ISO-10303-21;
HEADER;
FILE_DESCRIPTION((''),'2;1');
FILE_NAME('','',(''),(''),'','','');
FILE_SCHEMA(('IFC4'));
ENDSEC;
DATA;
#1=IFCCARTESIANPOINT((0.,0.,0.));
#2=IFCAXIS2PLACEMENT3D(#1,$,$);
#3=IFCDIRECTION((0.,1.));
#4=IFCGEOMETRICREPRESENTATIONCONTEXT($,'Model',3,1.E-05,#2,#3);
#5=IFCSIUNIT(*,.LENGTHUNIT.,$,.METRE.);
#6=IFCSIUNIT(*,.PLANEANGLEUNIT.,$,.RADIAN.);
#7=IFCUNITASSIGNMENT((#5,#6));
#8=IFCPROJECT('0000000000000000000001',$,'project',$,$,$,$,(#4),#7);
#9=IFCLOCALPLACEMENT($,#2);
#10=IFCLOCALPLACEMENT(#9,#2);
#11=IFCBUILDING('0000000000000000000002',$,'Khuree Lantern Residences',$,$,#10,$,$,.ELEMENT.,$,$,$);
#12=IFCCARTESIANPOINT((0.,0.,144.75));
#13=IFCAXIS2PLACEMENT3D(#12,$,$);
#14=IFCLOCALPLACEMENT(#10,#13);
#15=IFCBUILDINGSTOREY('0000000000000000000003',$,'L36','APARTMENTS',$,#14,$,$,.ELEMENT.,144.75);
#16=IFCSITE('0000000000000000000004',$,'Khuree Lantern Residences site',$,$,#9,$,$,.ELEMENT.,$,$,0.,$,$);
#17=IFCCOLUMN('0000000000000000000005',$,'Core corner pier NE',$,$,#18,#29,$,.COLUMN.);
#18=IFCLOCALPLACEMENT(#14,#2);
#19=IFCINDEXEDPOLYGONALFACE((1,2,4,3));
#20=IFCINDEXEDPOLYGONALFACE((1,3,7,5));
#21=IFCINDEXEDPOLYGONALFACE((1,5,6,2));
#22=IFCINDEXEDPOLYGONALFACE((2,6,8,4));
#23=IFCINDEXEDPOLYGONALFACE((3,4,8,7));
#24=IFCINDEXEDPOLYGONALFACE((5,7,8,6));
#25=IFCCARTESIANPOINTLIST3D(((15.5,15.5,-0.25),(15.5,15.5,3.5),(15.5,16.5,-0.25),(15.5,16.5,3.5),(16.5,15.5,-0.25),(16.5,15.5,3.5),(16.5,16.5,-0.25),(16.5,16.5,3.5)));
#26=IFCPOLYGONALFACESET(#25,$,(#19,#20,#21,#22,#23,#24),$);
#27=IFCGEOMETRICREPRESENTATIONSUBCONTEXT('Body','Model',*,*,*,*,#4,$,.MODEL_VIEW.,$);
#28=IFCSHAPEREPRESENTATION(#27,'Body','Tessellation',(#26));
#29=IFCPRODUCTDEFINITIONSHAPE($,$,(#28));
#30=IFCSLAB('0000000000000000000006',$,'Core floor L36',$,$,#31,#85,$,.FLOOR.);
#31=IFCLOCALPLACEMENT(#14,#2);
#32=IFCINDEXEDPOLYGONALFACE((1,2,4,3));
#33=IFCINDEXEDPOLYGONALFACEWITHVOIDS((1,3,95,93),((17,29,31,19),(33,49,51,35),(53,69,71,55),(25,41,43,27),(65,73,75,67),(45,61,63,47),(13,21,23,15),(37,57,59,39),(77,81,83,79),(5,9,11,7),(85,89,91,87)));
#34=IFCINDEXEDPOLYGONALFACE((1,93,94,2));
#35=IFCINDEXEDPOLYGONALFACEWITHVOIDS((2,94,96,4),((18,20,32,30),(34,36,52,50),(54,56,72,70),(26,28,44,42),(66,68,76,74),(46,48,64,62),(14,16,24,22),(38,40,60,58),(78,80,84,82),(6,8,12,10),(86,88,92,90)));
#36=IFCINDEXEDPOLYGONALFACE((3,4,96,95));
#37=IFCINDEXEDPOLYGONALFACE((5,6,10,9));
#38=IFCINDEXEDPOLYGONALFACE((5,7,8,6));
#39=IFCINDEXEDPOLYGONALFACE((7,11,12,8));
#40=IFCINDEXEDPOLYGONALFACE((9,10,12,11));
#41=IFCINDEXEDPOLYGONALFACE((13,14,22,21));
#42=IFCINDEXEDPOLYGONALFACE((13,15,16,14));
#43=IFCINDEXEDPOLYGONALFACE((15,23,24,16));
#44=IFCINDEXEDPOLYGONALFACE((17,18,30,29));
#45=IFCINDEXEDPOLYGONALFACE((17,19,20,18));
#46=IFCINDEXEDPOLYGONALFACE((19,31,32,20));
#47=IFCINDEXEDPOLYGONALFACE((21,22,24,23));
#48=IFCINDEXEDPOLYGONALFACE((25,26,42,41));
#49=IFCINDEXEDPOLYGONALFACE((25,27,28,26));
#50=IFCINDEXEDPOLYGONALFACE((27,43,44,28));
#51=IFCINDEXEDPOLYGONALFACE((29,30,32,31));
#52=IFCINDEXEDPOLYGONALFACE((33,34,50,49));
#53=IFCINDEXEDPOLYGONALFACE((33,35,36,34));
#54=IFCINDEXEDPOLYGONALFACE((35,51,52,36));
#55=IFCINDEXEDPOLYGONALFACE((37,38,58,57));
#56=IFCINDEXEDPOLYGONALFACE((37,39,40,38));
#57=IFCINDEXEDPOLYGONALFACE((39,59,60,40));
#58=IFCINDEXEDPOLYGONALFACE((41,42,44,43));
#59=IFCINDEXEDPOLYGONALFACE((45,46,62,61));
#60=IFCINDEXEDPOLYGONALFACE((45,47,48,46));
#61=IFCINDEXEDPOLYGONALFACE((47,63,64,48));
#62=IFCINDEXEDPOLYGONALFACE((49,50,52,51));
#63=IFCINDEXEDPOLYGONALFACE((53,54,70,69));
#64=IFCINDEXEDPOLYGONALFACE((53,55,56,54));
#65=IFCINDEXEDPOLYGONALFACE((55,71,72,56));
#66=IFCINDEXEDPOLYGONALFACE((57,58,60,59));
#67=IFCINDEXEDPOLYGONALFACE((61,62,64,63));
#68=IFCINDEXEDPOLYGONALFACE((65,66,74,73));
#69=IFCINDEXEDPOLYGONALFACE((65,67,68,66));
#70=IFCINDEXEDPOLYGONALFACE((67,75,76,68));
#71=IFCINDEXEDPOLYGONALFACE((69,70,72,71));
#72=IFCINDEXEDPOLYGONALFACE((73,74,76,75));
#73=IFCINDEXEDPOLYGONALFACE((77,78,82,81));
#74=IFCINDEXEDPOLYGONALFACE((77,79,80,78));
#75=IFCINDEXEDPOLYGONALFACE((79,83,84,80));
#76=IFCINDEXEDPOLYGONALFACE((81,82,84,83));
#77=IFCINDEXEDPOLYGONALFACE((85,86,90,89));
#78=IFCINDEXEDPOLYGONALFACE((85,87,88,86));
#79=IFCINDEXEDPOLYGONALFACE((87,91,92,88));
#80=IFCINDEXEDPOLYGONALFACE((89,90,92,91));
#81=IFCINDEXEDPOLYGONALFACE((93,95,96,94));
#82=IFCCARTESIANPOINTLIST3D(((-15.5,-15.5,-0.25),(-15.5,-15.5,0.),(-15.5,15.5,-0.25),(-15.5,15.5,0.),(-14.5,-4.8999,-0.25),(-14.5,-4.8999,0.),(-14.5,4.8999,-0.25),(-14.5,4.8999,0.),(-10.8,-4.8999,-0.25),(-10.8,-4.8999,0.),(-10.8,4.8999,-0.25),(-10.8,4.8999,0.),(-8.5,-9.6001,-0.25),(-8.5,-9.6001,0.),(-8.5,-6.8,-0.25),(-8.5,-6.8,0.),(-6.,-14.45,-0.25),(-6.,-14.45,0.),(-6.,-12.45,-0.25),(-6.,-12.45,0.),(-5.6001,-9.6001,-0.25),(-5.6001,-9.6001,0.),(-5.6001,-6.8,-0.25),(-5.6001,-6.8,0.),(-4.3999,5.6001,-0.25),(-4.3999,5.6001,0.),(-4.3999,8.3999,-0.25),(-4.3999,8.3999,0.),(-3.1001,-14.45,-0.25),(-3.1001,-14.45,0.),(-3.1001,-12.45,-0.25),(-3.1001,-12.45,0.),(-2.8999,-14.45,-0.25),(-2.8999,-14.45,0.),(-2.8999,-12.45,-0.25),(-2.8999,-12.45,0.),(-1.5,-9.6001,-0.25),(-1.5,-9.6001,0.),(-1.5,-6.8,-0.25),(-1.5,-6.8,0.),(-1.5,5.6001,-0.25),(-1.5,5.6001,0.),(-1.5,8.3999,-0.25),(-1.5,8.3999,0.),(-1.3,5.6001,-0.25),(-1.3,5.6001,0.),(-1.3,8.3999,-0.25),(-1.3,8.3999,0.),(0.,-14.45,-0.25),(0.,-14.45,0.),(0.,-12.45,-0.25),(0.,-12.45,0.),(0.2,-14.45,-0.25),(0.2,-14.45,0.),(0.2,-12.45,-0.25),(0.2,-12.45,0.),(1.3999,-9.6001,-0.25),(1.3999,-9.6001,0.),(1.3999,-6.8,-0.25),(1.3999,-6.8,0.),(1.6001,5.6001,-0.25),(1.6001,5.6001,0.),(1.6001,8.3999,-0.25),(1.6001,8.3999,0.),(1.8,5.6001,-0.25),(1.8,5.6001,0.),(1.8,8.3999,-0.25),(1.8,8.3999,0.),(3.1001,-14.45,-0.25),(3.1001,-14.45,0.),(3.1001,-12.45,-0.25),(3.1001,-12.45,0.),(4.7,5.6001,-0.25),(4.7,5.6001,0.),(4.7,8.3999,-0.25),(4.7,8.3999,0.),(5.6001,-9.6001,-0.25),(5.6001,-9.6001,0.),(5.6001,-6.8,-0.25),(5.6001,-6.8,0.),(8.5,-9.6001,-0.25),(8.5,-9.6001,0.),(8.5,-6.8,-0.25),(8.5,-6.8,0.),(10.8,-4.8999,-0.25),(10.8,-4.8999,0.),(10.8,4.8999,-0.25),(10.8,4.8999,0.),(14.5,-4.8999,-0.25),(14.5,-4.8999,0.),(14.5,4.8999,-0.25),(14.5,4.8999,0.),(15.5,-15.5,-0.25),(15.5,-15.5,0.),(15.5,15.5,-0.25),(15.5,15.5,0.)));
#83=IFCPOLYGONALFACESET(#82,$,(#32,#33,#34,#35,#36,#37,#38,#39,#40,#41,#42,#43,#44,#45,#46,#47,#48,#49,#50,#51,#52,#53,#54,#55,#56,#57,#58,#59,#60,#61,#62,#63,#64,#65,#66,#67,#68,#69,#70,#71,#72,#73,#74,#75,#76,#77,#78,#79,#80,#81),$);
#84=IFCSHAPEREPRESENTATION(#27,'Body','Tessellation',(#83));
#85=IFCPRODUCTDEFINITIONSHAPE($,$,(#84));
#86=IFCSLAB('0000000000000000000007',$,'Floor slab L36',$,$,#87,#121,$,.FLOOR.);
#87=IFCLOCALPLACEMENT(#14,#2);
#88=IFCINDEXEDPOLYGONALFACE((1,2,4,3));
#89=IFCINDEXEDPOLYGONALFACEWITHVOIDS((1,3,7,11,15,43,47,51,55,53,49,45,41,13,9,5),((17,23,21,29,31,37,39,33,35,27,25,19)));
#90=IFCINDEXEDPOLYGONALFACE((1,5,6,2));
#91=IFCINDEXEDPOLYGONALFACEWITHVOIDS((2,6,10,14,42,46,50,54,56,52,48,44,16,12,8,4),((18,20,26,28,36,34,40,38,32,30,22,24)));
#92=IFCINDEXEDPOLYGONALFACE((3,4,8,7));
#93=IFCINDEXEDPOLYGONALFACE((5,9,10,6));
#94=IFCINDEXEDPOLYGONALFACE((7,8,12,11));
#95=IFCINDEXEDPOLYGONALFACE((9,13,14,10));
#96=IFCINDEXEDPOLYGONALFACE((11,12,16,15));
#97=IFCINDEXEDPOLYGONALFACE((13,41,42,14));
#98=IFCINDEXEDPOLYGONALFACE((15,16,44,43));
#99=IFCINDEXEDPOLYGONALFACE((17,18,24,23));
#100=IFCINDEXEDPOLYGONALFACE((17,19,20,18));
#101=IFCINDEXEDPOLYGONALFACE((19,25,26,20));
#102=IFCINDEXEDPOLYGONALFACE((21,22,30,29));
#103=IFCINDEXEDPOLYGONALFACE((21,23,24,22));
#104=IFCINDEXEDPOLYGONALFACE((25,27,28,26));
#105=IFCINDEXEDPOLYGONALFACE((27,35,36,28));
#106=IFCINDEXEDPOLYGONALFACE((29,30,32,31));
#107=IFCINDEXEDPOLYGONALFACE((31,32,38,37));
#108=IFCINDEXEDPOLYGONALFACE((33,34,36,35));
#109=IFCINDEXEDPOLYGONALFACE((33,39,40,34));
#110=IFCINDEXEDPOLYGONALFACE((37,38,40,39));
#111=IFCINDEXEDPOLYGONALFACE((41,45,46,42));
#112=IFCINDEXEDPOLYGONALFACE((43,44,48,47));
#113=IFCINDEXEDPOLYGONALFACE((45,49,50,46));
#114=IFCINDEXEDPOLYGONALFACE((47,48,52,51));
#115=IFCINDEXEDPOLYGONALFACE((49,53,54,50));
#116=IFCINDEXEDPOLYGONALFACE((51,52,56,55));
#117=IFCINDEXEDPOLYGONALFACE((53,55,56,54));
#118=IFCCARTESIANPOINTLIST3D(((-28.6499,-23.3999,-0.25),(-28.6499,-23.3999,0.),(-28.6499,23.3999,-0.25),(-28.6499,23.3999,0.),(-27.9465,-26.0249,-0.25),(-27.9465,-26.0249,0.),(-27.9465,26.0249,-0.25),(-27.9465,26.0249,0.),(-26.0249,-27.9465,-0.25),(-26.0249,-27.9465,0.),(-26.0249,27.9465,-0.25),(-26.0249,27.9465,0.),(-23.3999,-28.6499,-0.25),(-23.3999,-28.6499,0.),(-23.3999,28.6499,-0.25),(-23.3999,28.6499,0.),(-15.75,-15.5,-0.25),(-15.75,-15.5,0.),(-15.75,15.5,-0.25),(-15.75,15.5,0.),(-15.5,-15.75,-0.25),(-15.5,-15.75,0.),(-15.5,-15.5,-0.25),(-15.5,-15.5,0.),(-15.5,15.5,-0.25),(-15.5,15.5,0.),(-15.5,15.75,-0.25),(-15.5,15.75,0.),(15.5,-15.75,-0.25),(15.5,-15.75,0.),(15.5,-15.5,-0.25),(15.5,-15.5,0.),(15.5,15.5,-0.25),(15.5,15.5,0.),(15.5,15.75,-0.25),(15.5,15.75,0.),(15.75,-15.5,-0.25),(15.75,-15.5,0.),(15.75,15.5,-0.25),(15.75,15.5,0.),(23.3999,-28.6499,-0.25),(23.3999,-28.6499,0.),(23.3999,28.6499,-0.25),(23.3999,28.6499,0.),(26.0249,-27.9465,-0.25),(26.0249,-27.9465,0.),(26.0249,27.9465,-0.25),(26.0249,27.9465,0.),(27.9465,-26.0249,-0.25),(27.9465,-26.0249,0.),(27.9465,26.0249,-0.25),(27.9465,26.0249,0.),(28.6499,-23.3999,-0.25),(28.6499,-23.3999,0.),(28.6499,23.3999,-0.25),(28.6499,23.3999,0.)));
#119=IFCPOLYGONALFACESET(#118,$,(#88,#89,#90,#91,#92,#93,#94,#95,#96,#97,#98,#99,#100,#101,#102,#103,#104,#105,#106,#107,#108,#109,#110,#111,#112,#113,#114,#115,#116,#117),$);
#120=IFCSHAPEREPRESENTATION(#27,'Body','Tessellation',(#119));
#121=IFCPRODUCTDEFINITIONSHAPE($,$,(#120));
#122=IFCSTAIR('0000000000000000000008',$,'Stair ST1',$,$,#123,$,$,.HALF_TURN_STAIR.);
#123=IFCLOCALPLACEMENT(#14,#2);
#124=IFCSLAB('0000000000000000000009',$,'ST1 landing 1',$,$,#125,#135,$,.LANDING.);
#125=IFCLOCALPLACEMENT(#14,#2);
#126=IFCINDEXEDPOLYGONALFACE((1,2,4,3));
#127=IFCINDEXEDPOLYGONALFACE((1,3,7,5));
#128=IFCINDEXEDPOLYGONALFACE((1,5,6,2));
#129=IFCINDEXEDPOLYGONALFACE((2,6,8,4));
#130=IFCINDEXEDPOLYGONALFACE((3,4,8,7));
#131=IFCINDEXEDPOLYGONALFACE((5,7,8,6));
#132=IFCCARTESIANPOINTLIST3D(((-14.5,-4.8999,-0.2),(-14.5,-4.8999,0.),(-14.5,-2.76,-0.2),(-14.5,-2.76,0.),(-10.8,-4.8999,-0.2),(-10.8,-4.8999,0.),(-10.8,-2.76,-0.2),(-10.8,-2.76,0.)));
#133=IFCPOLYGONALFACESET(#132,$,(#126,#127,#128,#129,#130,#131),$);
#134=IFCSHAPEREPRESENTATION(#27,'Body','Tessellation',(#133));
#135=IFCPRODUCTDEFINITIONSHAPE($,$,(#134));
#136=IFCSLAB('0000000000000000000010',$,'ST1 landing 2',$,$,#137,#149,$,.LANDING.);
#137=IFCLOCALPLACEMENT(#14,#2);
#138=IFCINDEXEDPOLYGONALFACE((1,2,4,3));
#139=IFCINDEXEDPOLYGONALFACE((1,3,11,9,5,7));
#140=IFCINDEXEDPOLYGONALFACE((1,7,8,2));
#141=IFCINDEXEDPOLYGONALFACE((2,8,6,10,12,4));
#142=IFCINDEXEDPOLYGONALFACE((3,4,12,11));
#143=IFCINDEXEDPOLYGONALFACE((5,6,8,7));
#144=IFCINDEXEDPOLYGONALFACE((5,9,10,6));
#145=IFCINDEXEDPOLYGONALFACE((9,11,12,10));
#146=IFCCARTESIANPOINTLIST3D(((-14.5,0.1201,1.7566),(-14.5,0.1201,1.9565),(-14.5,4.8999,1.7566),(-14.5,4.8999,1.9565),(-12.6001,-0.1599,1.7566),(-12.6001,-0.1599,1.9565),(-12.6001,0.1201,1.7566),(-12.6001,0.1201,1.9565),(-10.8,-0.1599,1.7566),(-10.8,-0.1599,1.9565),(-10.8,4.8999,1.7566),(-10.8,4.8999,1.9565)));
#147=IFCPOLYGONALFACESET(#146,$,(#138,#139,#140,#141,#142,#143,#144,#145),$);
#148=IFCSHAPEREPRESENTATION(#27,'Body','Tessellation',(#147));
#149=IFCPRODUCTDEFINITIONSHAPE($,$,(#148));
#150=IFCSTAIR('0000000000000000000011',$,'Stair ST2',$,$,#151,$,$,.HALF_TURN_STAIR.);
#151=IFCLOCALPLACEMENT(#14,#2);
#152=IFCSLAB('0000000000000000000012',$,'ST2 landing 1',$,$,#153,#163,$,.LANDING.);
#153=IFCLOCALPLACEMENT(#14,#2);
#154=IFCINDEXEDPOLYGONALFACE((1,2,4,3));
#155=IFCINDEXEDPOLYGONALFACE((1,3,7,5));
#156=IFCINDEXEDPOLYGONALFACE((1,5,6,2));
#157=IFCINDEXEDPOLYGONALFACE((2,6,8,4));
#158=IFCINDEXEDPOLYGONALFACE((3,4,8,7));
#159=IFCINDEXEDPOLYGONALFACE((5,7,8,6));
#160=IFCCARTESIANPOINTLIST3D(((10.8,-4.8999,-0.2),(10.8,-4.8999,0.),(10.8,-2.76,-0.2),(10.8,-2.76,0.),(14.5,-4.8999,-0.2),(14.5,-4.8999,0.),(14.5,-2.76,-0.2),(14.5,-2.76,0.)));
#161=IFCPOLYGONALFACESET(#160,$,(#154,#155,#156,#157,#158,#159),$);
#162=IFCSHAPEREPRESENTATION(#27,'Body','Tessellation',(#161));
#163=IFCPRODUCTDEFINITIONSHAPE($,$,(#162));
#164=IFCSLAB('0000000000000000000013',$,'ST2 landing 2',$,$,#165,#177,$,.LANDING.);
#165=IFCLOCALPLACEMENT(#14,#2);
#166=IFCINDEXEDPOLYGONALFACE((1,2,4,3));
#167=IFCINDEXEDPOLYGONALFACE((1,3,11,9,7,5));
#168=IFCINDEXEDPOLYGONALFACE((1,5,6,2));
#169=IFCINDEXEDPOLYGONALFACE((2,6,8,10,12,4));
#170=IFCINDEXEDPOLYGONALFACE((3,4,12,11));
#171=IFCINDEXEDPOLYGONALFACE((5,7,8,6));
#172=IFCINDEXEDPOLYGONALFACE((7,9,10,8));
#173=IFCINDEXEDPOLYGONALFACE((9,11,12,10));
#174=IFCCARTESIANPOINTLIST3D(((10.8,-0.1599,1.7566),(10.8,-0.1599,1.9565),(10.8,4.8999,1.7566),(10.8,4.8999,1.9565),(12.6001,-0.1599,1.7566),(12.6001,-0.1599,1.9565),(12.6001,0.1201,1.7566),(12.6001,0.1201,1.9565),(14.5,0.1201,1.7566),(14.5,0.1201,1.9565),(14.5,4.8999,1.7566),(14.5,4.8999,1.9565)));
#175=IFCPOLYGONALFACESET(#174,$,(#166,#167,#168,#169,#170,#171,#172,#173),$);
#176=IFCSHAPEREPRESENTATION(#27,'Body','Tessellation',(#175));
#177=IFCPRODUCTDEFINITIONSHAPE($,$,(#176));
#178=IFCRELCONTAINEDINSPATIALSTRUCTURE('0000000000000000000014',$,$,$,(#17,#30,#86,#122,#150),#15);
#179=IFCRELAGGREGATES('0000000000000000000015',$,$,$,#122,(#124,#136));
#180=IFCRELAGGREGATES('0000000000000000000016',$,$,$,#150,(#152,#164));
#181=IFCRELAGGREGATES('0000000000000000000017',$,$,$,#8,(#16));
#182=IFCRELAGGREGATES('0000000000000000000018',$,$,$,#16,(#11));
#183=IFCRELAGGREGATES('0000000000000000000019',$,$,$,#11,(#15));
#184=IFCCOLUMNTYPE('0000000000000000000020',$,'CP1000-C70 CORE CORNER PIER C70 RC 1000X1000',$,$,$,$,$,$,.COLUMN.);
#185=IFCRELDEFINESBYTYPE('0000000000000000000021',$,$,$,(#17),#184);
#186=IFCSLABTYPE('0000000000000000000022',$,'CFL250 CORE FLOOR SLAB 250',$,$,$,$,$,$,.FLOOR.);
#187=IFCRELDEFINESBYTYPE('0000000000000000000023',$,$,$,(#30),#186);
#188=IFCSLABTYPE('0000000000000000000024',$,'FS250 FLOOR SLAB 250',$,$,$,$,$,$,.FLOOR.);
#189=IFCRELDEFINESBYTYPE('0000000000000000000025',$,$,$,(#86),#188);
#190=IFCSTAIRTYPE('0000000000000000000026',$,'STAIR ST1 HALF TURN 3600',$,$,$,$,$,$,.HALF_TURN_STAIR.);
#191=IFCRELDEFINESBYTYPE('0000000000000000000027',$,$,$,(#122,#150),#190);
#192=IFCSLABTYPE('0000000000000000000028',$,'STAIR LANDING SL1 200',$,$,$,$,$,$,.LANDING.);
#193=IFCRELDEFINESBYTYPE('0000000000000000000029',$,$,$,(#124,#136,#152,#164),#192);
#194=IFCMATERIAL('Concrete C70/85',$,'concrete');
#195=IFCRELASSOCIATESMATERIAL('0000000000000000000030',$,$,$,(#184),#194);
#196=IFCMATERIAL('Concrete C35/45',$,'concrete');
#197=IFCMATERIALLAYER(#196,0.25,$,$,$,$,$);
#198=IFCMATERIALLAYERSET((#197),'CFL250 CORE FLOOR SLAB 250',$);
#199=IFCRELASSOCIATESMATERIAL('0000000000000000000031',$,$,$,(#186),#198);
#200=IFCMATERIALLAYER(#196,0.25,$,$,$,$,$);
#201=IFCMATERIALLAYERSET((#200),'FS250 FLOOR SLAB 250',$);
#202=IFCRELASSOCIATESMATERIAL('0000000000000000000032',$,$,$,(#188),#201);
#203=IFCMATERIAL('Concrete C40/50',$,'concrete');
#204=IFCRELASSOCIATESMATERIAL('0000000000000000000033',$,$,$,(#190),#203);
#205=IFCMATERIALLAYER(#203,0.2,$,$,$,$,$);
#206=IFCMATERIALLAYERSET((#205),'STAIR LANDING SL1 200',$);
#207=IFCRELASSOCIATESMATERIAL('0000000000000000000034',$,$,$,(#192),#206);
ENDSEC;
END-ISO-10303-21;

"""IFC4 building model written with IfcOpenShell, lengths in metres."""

from ifc_helpers import new_model, si_unit, direction, frame, origin, origin_2d, place, context, subcontext, project, spatial, polyline, rectangle, outline, extrude, material, layer, layer_set, material_profile, profile_set, type_object, element, aggregate, save


model = new_model("IFC4")

# Units and contexts
model_context = context("Model", 3, precision=1e-05, world=origin(), true_north=direction((0.0, 1.0)))
body_context = subcontext(model_context, "Body", "Model", "MODEL_VIEW")
ifc_project = project(units=[si_unit("LENGTHUNIT", "METRE"), si_unit("PLANEANGLEUNIT", "RADIAN")], contexts=[model_context])

# Site, building, storey
site_placement = place(None, origin())
site = spatial("IfcSite", under=ifc_project, at=site_placement, Name="Khuree Lantern Residences site", CompositionType="ELEMENT", RefElevation=0.0)
building_placement = place(site_placement, origin())
building = spatial("IfcBuilding", under=site, at=building_placement, Name="Khuree Lantern Residences", CompositionType="ELEMENT")
storey_placement = place(building_placement, frame((0.0, 0.0, 144.75)))
storey = spatial("IfcBuildingStorey", under=building, at=storey_placement, Name="L36", Description="APARTMENTS", CompositionType="ELEMENT", Elevation=144.75)

# Column
ifc_material_1 = material(Name="Concrete C70/85", Category="concrete")
ifc_material_profile = material_profile(ifc_material_1, rectangle(XDim=1.0, YDim=1.0, at=origin_2d()), Name="RC 1000X1000")
ifc_profile_set = profile_set([ifc_material_profile], Name="Concrete C70/85")
column_type = type_object("IfcColumnType", Name="CP1000-C70 CORE CORNER PIER C70 RC 1000X1000", PredefinedType="COLUMN", material=ifc_profile_set)
column_placement = place(storey_placement, frame((16.0, 16.0, -0.25), z_axis=(0.0, 0.0, 1.0), x_axis=(1.0, 0.0, 0.0)))
element("IfcColumn", 1, at=column_placement, inside=storey, type_object=column_type, Name="Core corner pier NE", PredefinedType="COLUMN", context=body_context, shape_type="SweptSolid", body=[
    extrude(rectangle(XDim=1.0, YDim=1.0, at=origin_2d()), origin(), (0.0, 0.0, 1.0), 3.75),
])

# Slabs
ifc_material_2 = material(Name="Concrete C35/45", Category="concrete")
ifc_layer_1 = layer(ifc_material_2, 0.25)
ifc_layer_set_1 = layer_set([ifc_layer_1], Name="CFL250 CORE FLOOR SLAB 250")
slab_type_1 = type_object("IfcSlabType", Name="CFL250 CORE FLOOR SLAB 250", PredefinedType="FLOOR", material=ifc_layer_set_1)
slab_1_placement = place(storey_placement, frame((0.0, 0.0, -0.25)))
element("IfcSlab", 2, at=slab_1_placement, inside=storey, type_object=slab_type_1, Name="Core floor L36", PredefinedType="FLOOR", context=body_context, shape_type="SweptSolid", body=[
    extrude(outline(polyline([(-15.5, -15.5), (-15.5, 15.5), (15.5, 15.5), (15.5, -15.5), (-15.5, -15.5)]), holes=[polyline([(10.8, 4.8999), (10.8, -4.8999), (14.5, -4.8999), (14.5, 4.8999), (10.8, 4.8999)]), polyline([(8.5, -6.8), (5.6001, -6.8), (5.6001, -9.6001), (8.5, -9.6001), (8.5, -6.8)]), polyline([(4.7, 8.3999), (1.8, 8.3999), (1.8, 5.6001), (4.7, 5.6001), (4.7, 8.3999)]), polyline([(3.1001, -12.45), (0.2, -12.45), (0.2, -14.45), (3.1001, -14.45), (3.1001, -12.45)]), polyline([(1.6001, 8.3999), (-1.3, 8.3999), (-1.3, 5.6001), (1.6001, 5.6001), (1.6001, 8.3999)]), polyline([(1.3999, -6.8), (-1.5, -6.8), (-1.5, -9.6001), (1.3999, -9.6001), (1.3999, -6.8)]), polyline([(-2.8999, -12.45), (-2.8999, -14.45), (0.0, -14.45), (0.0, -12.45), (-2.8999, -12.45)]), polyline([(-4.3999, 8.3999), (-4.3999, 5.6001), (-1.5, 5.6001), (-1.5, 8.3999), (-4.3999, 8.3999)]), polyline([(-6.0, -12.45), (-6.0, -14.45), (-3.1001, -14.45), (-3.1001, -12.45), (-6.0, -12.45)]), polyline([(-8.5, -6.8), (-8.5, -9.6001), (-5.6001, -9.6001), (-5.6001, -6.8), (-8.5, -6.8)]), polyline([(-10.8, 4.8999), (-14.5, 4.8999), (-14.5, -4.8999), (-10.8, -4.8999), (-10.8, 4.8999)])]), origin(), (0.0, 0.0, 1.0), 0.25),
])
ifc_layer_2 = layer(ifc_material_2, 0.25)
ifc_layer_set_2 = layer_set([ifc_layer_2], Name="FS250 FLOOR SLAB 250")
slab_type_2 = type_object("IfcSlabType", Name="FS250 FLOOR SLAB 250", PredefinedType="FLOOR", material=ifc_layer_set_2)
slab_2_placement = place(storey_placement, frame((0.0, 0.0, -0.25)))
element("IfcSlab", 3, at=slab_2_placement, inside=storey, type_object=slab_type_2, Name="Floor slab L36", PredefinedType="FLOOR", context=body_context, shape_type="SweptSolid", body=[
    extrude(outline(polyline([(-26.0249, -27.9465), (-27.9465, -26.0249), (-28.6499, -23.3999), (-28.6499, 23.3999), (-27.9465, 26.0249), (-26.0249, 27.9465), (-23.3999, 28.6499), (23.3999, 28.6499), (26.0249, 27.9465), (27.9465, 26.0249), (28.6499, 23.3999), (28.6499, -23.3999), (27.9465, -26.0249), (26.0249, -27.9465), (23.3999, -28.6499), (-23.3999, -28.6499), (-26.0249, -27.9465)]), holes=[polyline([(15.75, 15.5), (15.5, 15.5), (15.5, 15.75), (-15.5, 15.75), (-15.5, 15.5), (-15.75, 15.5), (-15.75, -15.5), (-15.5, -15.5), (-15.5, -15.75), (15.5, -15.75), (15.5, -15.5), (15.75, -15.5), (15.75, 15.5)])]), origin(), (0.0, 0.0, 1.0), 0.25),
])

# Stairs, slabs
ifc_material_3 = material(Name="Concrete C40/50", Category="concrete")
stair_type = type_object("IfcStairType", Name="STAIR ST1 HALF TURN 3600", PredefinedType="HALF_TURN_STAIR", material=ifc_material_3)
stair_1_placement = place(storey_placement, origin())
stair_1 = element("IfcStair", 4, at=stair_1_placement, inside=storey, type_object=stair_type, Name="Stair ST1", PredefinedType="HALF_TURN_STAIR")
ifc_layer_3 = layer(ifc_material_3, 0.2)
ifc_layer_set_3 = layer_set([ifc_layer_3], Name="STAIR LANDING SL1 200")
slab_type_3 = type_object("IfcSlabType", Name="STAIR LANDING SL1 200", PredefinedType="LANDING", material=ifc_layer_set_3)
slab_3_placement = place(storey_placement, frame((0.0, 0.0, -0.2)))
slab_3 = element("IfcSlab", 5, at=slab_3_placement, type_object=slab_type_3, Name="ST1 landing 1", PredefinedType="LANDING", context=body_context, shape_type="SweptSolid", body=[
    extrude(outline(polyline([(-14.5, -4.8999), (-10.8, -4.8999), (-10.8, -2.76), (-14.5, -2.76), (-14.5, -4.8999)])), origin(), (0.0, 0.0, 1.0), 0.2),
])
slab_4_placement = place(storey_placement, frame((0.0, 0.0, 1.7566)))
slab_4 = element("IfcSlab", 6, at=slab_4_placement, type_object=slab_type_3, Name="ST1 landing 2", PredefinedType="LANDING", context=body_context, shape_type="SweptSolid", body=[
    extrude(outline(polyline([(-14.5, 0.1201), (-14.5, 4.8999), (-10.8, 4.8999), (-10.8, -0.1599), (-12.6001, -0.1599), (-12.6001, 0.1201), (-14.5, 0.1201)])), origin(), (0.0, 0.0, 1.0), 0.2),
])
aggregate(stair_1, [slab_3, slab_4])
stair_2_placement = place(storey_placement, origin())
stair_2 = element("IfcStair", 7, at=stair_2_placement, inside=storey, type_object=stair_type, Name="Stair ST2", PredefinedType="HALF_TURN_STAIR")
slab_5_placement = place(storey_placement, frame((0.0, 0.0, -0.2)))
slab_5 = element("IfcSlab", 8, at=slab_5_placement, type_object=slab_type_3, Name="ST2 landing 1", PredefinedType="LANDING", context=body_context, shape_type="SweptSolid", body=[
    extrude(outline(polyline([(10.8, -4.8999), (14.5, -4.8999), (14.5, -2.76), (10.8, -2.76), (10.8, -4.8999)])), origin(), (0.0, 0.0, 1.0), 0.2),
])
slab_6_placement = place(storey_placement, frame((0.0, 0.0, 1.7566)))
slab_6 = element("IfcSlab", 9, at=slab_6_placement, type_object=slab_type_3, Name="ST2 landing 2", PredefinedType="LANDING", context=body_context, shape_type="SweptSolid", body=[
    extrude(outline(polyline([(14.5, 4.8999), (14.5, 0.1201), (12.6001, 0.1201), (12.6001, -0.1599), (10.8, -0.1599), (10.8, 4.8999), (14.5, 4.8999)])), origin(), (0.0, 0.0, 1.0), 0.2),
])

aggregate(stair_2, [slab_5, slab_6])

save(model, "model.ifc")
